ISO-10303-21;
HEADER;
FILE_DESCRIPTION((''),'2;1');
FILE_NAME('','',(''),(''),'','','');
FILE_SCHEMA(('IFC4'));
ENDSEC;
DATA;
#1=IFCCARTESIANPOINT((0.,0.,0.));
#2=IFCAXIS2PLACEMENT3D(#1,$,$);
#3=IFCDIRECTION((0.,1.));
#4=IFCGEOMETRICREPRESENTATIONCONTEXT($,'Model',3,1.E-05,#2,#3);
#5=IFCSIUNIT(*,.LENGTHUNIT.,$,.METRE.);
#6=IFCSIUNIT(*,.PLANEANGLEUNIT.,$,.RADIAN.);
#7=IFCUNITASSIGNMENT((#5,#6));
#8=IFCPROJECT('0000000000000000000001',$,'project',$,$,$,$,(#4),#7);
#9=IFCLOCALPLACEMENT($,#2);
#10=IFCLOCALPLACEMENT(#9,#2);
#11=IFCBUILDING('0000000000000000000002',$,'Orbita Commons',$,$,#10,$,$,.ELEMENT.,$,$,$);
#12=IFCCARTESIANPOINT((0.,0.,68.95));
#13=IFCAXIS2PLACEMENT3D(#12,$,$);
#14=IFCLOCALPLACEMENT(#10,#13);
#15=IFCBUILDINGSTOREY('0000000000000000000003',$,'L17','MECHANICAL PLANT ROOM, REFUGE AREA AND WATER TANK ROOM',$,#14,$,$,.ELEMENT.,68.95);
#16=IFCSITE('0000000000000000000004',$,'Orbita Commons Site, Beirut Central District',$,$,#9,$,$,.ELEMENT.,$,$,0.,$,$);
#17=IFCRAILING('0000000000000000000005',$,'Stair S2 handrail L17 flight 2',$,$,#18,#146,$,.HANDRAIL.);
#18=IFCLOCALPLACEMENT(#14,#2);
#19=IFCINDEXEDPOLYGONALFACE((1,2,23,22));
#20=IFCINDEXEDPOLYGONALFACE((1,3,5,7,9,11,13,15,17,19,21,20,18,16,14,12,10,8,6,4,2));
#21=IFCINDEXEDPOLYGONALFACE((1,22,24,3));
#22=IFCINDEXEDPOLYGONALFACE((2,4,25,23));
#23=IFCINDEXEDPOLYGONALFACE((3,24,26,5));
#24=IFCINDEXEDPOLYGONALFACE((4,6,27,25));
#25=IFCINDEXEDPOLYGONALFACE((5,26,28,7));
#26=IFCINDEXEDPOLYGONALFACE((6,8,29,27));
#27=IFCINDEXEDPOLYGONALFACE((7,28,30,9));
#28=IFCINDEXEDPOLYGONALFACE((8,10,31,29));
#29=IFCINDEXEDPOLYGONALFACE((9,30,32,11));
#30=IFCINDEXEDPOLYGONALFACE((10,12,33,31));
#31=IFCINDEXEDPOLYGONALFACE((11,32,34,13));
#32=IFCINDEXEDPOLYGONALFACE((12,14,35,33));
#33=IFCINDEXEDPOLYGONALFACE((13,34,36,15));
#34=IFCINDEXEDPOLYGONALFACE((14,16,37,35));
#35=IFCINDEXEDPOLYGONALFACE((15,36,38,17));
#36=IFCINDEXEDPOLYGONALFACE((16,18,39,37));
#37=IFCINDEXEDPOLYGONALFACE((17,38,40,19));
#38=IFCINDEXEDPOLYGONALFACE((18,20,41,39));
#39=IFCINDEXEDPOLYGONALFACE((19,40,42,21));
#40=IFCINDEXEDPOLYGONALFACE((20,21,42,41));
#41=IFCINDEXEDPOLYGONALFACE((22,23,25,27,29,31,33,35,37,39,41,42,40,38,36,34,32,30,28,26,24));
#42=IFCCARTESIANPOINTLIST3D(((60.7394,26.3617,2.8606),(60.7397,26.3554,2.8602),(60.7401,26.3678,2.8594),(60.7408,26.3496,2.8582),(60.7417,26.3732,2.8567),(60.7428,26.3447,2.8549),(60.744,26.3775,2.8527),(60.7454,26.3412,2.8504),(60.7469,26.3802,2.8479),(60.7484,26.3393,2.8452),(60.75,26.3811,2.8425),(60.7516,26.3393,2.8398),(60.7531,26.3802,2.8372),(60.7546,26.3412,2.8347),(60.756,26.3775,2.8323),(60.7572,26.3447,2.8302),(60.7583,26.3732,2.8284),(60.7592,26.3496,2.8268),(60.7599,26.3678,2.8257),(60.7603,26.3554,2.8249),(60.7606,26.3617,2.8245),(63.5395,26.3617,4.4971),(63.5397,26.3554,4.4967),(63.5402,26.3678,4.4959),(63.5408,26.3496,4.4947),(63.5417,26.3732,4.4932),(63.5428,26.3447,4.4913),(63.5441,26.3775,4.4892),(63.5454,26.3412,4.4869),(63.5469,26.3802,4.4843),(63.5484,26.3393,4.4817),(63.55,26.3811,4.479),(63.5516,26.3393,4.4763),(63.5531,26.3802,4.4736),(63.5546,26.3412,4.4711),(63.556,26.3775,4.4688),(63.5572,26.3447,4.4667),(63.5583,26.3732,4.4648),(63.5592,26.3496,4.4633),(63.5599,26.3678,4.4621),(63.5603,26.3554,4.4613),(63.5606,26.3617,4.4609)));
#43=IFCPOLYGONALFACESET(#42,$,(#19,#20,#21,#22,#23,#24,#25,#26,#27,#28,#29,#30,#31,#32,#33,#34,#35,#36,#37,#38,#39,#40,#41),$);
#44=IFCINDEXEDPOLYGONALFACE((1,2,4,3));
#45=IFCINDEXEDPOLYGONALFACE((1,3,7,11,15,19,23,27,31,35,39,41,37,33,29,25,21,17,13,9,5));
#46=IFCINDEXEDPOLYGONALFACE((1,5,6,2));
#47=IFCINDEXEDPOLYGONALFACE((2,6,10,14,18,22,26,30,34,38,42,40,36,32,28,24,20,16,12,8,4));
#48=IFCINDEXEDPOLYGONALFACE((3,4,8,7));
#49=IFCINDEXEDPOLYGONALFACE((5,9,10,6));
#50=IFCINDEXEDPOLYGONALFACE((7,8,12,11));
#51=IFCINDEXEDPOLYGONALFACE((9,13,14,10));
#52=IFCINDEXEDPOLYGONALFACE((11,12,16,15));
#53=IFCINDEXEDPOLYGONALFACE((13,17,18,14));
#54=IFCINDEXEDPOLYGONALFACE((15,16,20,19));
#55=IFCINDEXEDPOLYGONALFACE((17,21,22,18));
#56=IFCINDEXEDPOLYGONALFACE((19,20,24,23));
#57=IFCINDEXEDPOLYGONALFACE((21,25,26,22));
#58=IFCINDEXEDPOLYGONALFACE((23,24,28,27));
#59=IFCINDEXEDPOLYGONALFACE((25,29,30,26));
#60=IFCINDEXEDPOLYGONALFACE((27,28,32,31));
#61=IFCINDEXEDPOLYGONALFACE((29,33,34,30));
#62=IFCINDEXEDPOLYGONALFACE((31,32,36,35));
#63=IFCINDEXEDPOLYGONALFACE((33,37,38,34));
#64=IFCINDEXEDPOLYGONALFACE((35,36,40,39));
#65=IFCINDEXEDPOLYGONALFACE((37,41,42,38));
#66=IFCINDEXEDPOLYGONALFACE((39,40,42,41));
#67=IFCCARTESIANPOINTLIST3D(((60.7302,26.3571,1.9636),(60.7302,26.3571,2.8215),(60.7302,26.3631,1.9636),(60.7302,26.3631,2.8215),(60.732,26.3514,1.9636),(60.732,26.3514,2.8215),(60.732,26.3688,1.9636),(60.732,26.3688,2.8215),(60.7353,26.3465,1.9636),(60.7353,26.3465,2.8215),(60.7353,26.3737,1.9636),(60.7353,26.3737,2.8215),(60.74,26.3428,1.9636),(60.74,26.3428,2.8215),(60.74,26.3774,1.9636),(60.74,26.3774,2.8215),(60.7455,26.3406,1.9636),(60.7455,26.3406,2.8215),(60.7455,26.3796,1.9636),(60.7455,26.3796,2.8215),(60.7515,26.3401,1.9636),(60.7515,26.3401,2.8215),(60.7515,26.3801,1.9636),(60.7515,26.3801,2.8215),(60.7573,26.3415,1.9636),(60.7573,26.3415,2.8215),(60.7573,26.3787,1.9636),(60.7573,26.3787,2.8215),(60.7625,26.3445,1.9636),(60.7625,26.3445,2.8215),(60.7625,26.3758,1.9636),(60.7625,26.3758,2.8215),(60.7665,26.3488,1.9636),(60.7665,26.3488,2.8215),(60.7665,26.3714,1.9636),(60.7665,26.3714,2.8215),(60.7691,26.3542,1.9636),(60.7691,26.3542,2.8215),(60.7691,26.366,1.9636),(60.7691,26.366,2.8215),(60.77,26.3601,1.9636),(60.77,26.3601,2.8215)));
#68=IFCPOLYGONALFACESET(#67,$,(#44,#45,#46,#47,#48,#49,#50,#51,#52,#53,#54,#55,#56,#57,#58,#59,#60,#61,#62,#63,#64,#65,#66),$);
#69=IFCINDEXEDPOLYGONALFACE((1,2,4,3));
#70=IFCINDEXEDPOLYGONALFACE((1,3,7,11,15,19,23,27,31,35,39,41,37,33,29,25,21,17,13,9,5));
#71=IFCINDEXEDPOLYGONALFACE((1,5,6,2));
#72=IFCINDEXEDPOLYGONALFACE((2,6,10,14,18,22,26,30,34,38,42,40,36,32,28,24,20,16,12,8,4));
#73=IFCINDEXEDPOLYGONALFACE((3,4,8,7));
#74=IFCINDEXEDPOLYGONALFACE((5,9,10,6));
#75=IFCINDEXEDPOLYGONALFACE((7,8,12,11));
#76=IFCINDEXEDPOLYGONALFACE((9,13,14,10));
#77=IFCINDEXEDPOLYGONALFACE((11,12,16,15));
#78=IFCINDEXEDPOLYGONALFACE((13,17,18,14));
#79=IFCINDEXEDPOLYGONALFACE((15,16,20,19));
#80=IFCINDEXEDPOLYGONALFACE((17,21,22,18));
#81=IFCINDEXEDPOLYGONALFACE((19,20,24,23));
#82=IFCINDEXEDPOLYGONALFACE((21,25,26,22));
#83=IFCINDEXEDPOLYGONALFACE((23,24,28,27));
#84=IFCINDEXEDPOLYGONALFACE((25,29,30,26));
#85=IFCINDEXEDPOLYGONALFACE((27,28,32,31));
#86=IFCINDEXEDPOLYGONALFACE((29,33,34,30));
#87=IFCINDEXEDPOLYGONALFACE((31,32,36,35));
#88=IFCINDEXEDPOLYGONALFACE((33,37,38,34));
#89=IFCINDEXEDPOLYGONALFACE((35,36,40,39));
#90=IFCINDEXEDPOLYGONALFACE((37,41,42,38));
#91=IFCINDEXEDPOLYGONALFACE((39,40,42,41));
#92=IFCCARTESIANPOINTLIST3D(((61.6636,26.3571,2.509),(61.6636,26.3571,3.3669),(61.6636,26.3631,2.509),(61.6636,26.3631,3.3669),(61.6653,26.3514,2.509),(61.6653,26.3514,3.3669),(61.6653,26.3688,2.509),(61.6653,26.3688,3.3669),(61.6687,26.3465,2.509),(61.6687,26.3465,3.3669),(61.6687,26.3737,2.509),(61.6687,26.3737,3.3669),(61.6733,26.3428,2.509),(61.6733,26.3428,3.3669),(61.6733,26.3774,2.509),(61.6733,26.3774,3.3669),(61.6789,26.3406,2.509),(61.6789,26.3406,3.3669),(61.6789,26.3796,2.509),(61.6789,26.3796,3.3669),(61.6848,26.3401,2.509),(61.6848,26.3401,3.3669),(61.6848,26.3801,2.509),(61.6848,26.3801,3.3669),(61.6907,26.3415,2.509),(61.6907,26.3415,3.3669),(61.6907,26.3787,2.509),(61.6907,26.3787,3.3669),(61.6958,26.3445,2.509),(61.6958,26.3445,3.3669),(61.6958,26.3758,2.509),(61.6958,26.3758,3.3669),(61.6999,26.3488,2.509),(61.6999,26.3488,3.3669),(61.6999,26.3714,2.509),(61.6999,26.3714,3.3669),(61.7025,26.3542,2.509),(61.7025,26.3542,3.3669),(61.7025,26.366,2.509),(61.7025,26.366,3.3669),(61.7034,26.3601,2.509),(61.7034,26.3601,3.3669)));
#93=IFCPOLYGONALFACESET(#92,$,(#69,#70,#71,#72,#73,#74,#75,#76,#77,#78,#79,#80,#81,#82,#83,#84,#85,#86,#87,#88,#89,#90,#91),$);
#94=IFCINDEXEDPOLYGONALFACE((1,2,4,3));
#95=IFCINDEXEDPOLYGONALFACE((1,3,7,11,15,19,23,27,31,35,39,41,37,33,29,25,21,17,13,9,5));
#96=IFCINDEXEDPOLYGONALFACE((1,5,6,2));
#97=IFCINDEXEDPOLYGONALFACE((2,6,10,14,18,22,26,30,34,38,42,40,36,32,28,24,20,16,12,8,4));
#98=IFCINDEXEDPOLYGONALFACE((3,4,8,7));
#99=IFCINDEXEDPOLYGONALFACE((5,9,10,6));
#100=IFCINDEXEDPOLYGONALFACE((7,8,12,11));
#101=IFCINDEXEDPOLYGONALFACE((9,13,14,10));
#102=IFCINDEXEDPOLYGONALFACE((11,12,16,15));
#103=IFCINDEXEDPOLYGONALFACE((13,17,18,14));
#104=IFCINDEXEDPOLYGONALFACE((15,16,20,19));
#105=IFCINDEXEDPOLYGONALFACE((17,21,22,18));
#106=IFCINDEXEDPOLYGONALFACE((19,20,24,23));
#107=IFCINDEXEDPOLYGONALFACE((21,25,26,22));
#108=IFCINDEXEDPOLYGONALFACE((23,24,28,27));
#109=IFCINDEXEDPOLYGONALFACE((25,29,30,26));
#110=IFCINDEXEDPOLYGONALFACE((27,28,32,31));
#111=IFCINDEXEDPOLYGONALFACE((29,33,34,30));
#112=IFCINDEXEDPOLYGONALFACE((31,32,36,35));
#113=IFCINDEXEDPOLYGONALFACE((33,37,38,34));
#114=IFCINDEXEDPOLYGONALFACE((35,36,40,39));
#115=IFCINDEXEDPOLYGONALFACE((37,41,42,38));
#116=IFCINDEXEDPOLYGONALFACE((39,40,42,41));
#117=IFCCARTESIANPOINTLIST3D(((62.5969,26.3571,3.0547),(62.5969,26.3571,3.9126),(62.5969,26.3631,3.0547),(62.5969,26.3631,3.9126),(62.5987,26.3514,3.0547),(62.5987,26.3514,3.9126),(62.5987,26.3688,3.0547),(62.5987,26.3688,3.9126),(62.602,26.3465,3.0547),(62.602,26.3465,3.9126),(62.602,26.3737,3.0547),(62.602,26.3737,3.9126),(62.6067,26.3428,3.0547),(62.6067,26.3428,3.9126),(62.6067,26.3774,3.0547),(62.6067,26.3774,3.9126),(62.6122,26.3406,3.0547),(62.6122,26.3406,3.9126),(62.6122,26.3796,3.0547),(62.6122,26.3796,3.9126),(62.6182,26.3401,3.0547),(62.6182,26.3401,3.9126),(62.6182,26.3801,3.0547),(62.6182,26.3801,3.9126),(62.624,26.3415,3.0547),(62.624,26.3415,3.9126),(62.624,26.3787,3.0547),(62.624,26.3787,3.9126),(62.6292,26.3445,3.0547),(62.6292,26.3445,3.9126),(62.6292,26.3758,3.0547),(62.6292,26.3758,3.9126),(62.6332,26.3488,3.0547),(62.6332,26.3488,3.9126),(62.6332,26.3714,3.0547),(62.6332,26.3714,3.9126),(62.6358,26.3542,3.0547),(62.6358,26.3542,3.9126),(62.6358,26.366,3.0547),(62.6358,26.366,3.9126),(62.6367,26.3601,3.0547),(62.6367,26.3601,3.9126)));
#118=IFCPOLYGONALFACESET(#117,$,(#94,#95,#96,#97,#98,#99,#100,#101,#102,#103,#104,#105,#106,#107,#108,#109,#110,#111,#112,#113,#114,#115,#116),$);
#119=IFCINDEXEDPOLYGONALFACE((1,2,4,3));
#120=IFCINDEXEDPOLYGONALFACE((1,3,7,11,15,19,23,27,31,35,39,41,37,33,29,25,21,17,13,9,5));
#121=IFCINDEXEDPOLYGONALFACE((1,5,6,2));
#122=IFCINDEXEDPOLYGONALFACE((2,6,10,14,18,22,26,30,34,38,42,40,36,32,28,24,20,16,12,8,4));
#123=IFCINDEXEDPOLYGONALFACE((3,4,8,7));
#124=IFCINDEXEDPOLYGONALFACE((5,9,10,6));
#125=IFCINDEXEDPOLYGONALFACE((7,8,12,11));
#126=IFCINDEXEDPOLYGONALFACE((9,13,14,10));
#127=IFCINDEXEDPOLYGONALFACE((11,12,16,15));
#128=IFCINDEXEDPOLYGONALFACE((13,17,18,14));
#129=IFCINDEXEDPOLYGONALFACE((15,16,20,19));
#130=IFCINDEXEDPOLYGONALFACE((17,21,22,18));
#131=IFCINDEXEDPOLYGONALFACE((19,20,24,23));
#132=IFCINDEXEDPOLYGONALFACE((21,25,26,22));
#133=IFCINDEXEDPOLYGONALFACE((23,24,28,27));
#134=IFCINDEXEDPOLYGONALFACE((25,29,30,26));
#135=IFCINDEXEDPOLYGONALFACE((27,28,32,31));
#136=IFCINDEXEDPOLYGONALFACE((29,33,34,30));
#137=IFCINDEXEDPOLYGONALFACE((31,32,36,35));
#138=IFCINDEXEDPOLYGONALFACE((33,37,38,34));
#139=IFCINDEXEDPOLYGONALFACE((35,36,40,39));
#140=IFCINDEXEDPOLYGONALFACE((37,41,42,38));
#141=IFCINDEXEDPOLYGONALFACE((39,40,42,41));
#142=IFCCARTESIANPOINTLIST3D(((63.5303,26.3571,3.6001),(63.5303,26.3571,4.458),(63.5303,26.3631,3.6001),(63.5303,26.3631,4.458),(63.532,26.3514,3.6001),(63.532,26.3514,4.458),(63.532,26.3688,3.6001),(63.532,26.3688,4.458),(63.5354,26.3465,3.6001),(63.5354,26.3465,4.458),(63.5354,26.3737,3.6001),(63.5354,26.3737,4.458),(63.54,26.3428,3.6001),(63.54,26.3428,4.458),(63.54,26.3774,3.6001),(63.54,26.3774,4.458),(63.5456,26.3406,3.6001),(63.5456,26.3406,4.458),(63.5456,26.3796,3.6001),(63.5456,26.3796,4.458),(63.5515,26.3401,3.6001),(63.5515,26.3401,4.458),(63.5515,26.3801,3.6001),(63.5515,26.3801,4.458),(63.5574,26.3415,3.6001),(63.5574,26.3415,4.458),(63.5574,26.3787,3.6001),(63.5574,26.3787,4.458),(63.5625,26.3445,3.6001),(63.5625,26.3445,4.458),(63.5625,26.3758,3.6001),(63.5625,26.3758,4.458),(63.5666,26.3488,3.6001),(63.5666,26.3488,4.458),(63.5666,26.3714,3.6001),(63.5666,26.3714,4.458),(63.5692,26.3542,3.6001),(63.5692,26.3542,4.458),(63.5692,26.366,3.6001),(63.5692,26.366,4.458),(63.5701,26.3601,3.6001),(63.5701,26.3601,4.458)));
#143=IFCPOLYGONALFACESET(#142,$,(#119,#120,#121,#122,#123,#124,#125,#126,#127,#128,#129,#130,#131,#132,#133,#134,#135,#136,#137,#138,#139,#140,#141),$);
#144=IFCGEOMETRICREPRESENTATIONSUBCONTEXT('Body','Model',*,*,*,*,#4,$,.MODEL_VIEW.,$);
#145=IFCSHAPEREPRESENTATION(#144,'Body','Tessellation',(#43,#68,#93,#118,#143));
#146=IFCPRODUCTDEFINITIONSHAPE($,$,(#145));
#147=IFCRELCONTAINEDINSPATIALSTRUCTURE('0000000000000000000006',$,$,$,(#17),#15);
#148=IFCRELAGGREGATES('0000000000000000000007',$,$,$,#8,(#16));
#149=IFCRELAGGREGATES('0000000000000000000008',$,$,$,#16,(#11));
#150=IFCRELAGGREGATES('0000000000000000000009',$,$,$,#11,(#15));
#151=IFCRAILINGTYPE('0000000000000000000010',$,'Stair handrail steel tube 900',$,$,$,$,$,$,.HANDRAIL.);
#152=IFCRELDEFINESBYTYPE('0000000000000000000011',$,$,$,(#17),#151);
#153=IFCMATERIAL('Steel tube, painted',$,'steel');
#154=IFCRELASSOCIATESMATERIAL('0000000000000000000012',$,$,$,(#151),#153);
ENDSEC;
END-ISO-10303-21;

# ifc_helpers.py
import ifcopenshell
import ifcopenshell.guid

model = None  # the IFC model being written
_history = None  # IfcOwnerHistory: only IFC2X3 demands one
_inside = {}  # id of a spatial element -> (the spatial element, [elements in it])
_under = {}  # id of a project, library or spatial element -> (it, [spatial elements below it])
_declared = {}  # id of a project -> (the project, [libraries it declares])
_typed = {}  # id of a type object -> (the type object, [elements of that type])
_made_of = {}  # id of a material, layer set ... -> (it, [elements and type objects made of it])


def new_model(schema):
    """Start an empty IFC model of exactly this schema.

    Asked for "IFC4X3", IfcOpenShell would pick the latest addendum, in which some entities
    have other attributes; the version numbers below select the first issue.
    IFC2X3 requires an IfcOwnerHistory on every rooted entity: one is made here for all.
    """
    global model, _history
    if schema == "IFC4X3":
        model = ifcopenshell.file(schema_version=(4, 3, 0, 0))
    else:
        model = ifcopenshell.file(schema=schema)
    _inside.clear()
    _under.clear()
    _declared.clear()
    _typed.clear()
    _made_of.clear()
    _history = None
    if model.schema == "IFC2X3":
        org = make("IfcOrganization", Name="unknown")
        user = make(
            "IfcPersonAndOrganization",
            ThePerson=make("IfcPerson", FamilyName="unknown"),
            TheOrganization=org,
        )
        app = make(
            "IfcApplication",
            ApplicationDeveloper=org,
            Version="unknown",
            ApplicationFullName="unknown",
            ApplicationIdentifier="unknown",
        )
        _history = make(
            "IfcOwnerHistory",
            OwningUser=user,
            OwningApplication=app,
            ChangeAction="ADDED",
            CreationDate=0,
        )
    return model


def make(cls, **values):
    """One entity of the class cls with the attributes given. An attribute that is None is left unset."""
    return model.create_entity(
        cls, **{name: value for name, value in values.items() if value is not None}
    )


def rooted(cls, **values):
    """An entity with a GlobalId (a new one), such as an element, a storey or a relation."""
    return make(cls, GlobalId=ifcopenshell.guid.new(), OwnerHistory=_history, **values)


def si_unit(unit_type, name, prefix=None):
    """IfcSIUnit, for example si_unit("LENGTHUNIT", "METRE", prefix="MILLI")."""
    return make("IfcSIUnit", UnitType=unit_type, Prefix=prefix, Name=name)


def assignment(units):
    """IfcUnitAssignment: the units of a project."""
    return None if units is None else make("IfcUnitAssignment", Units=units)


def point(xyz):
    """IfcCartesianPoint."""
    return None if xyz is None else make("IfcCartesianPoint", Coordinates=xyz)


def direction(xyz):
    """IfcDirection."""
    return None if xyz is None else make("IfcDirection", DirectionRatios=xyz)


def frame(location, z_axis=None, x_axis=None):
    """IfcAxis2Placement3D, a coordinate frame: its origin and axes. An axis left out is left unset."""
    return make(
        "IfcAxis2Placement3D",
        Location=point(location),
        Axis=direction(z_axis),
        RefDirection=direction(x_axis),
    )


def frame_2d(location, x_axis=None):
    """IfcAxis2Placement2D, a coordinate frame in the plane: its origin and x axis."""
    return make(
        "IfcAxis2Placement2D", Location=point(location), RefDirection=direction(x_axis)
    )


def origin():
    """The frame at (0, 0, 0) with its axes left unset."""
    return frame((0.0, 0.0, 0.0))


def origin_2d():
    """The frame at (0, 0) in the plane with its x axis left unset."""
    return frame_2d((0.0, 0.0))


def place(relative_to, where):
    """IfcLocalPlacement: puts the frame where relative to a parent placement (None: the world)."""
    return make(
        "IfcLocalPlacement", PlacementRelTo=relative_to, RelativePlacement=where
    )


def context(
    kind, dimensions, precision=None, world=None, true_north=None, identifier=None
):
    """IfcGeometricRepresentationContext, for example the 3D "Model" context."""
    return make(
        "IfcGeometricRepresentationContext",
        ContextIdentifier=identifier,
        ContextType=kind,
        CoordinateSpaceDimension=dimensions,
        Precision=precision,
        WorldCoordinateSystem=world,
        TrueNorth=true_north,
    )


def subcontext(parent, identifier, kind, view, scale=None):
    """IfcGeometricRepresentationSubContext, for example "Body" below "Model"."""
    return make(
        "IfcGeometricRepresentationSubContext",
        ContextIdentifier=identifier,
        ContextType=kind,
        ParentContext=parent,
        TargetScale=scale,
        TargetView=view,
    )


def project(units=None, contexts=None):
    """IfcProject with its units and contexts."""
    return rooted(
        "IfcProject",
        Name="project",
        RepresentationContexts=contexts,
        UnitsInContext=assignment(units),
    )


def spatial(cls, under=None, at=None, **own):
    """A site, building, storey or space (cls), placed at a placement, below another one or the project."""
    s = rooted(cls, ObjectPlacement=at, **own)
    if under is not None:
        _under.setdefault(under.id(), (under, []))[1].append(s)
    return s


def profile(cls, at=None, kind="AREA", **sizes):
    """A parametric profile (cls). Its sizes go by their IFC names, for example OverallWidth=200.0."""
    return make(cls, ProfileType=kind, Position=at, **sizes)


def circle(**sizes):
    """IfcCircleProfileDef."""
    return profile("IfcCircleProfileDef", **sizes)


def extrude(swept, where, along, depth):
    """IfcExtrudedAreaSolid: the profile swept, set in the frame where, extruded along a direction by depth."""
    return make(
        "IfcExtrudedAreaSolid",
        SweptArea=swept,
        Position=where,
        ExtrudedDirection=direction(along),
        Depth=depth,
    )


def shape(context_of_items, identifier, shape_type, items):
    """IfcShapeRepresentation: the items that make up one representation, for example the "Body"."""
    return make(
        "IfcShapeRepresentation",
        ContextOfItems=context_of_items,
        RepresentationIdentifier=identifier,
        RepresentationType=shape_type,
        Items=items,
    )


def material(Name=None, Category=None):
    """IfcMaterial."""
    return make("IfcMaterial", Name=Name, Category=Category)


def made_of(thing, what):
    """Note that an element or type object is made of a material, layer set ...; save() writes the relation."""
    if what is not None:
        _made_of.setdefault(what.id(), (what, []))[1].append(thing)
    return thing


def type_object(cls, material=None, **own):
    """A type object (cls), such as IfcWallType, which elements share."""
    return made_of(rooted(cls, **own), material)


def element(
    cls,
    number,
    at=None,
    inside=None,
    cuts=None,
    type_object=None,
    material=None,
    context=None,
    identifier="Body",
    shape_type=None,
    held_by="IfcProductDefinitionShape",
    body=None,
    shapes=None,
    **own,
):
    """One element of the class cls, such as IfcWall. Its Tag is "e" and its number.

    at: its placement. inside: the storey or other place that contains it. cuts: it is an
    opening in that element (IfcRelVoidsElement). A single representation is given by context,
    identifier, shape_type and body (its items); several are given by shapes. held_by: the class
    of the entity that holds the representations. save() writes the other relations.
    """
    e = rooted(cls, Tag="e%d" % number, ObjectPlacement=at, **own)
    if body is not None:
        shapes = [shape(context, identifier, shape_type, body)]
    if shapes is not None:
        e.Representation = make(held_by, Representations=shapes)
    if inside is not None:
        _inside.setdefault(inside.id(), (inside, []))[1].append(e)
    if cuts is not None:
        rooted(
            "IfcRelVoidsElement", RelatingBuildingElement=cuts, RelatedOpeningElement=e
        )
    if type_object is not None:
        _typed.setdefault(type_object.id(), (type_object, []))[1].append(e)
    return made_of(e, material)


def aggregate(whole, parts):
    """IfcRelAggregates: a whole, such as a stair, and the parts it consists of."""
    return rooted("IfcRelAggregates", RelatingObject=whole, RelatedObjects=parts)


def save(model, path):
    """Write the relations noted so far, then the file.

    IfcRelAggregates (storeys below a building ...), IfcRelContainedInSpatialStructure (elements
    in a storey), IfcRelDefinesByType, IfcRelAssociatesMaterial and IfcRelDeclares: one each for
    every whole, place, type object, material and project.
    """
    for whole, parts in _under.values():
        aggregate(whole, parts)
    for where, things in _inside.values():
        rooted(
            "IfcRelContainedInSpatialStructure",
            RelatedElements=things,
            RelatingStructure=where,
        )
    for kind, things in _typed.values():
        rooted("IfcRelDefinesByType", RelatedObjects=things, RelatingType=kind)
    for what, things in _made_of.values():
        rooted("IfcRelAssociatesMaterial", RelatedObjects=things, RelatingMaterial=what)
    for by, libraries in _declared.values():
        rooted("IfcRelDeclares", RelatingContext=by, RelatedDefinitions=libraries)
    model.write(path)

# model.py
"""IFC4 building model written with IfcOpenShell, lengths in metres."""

from ifc_helpers import new_model, si_unit, direction, frame, origin, origin_2d, place, context, subcontext, project, spatial, circle, extrude, material, type_object, element, save


model = new_model("IFC4")

# Units and contexts
model_context = context("Model", 3, precision=1e-05, world=origin(), true_north=direction((0.0, 1.0)))
body_context = subcontext(model_context, "Body", "Model", "MODEL_VIEW")
ifc_project = project(units=[si_unit("LENGTHUNIT", "METRE"), si_unit("PLANEANGLEUNIT", "RADIAN")], contexts=[model_context])

# Site, building, storey
site_placement = place(None, origin())
site = spatial("IfcSite", under=ifc_project, at=site_placement, Name="Orbita Commons Site, Beirut Central District", CompositionType="ELEMENT", RefElevation=0.0)
building_placement = place(site_placement, origin())
building = spatial("IfcBuilding", under=site, at=building_placement, Name="Orbita Commons", CompositionType="ELEMENT")
storey_placement = place(building_placement, frame((0.0, 0.0, 68.95)))
storey = spatial("IfcBuildingStorey", under=building, at=storey_placement, Name="L17", Description="MECHANICAL PLANT ROOM, REFUGE AREA AND WATER TANK ROOM", CompositionType="ELEMENT", Elevation=68.95)

# Railing
ifc_material_1 = material(Name="Steel tube, painted", Category="steel")
railing_type = type_object("IfcRailingType", Name="Stair handrail steel tube 900", PredefinedType="HANDRAIL", material=ifc_material_1)
for number, where, name in (
    (1, (60.75, 26.3601, 1.9636), "Stair S2 handrail L17 flight 2"),
):
    element("IfcRailing", number, at=place(storey_placement, frame(where)), inside=storey, type_object=railing_type, Name=name, PredefinedType="HANDRAIL", context=body_context, shape_type="SweptSolid", body=[
        extrude(circle(Radius=0.021, at=origin_2d()), frame((0.0, 0.0, 0.8789), z_axis=(0.863361, 0.0, 0.504587), x_axis=(0.0, 1.0, 0.0)), (0.0, 0.0, 1.0), 3.2432),
        extrude(circle(Radius=0.02, at=origin_2d()), origin(), (0.0, 0.0, 1.0), 0.8579),
        extrude(circle(Radius=0.02, at=origin_2d()), frame((0.9333, 0.0, 0.5454)), (0.0, 0.0, 1.0), 0.8579),
        extrude(circle(Radius=0.02, at=origin_2d()), frame((1.8667, 0.0, 1.0911)), (0.0, 0.0, 1.0), 0.8579),
        extrude(circle(Radius=0.02, at=origin_2d()), frame((2.8, 0.0, 1.6365)), (0.0, 0.0, 1.0), 0.8579),
    ])

save(model, "model.ifc")
